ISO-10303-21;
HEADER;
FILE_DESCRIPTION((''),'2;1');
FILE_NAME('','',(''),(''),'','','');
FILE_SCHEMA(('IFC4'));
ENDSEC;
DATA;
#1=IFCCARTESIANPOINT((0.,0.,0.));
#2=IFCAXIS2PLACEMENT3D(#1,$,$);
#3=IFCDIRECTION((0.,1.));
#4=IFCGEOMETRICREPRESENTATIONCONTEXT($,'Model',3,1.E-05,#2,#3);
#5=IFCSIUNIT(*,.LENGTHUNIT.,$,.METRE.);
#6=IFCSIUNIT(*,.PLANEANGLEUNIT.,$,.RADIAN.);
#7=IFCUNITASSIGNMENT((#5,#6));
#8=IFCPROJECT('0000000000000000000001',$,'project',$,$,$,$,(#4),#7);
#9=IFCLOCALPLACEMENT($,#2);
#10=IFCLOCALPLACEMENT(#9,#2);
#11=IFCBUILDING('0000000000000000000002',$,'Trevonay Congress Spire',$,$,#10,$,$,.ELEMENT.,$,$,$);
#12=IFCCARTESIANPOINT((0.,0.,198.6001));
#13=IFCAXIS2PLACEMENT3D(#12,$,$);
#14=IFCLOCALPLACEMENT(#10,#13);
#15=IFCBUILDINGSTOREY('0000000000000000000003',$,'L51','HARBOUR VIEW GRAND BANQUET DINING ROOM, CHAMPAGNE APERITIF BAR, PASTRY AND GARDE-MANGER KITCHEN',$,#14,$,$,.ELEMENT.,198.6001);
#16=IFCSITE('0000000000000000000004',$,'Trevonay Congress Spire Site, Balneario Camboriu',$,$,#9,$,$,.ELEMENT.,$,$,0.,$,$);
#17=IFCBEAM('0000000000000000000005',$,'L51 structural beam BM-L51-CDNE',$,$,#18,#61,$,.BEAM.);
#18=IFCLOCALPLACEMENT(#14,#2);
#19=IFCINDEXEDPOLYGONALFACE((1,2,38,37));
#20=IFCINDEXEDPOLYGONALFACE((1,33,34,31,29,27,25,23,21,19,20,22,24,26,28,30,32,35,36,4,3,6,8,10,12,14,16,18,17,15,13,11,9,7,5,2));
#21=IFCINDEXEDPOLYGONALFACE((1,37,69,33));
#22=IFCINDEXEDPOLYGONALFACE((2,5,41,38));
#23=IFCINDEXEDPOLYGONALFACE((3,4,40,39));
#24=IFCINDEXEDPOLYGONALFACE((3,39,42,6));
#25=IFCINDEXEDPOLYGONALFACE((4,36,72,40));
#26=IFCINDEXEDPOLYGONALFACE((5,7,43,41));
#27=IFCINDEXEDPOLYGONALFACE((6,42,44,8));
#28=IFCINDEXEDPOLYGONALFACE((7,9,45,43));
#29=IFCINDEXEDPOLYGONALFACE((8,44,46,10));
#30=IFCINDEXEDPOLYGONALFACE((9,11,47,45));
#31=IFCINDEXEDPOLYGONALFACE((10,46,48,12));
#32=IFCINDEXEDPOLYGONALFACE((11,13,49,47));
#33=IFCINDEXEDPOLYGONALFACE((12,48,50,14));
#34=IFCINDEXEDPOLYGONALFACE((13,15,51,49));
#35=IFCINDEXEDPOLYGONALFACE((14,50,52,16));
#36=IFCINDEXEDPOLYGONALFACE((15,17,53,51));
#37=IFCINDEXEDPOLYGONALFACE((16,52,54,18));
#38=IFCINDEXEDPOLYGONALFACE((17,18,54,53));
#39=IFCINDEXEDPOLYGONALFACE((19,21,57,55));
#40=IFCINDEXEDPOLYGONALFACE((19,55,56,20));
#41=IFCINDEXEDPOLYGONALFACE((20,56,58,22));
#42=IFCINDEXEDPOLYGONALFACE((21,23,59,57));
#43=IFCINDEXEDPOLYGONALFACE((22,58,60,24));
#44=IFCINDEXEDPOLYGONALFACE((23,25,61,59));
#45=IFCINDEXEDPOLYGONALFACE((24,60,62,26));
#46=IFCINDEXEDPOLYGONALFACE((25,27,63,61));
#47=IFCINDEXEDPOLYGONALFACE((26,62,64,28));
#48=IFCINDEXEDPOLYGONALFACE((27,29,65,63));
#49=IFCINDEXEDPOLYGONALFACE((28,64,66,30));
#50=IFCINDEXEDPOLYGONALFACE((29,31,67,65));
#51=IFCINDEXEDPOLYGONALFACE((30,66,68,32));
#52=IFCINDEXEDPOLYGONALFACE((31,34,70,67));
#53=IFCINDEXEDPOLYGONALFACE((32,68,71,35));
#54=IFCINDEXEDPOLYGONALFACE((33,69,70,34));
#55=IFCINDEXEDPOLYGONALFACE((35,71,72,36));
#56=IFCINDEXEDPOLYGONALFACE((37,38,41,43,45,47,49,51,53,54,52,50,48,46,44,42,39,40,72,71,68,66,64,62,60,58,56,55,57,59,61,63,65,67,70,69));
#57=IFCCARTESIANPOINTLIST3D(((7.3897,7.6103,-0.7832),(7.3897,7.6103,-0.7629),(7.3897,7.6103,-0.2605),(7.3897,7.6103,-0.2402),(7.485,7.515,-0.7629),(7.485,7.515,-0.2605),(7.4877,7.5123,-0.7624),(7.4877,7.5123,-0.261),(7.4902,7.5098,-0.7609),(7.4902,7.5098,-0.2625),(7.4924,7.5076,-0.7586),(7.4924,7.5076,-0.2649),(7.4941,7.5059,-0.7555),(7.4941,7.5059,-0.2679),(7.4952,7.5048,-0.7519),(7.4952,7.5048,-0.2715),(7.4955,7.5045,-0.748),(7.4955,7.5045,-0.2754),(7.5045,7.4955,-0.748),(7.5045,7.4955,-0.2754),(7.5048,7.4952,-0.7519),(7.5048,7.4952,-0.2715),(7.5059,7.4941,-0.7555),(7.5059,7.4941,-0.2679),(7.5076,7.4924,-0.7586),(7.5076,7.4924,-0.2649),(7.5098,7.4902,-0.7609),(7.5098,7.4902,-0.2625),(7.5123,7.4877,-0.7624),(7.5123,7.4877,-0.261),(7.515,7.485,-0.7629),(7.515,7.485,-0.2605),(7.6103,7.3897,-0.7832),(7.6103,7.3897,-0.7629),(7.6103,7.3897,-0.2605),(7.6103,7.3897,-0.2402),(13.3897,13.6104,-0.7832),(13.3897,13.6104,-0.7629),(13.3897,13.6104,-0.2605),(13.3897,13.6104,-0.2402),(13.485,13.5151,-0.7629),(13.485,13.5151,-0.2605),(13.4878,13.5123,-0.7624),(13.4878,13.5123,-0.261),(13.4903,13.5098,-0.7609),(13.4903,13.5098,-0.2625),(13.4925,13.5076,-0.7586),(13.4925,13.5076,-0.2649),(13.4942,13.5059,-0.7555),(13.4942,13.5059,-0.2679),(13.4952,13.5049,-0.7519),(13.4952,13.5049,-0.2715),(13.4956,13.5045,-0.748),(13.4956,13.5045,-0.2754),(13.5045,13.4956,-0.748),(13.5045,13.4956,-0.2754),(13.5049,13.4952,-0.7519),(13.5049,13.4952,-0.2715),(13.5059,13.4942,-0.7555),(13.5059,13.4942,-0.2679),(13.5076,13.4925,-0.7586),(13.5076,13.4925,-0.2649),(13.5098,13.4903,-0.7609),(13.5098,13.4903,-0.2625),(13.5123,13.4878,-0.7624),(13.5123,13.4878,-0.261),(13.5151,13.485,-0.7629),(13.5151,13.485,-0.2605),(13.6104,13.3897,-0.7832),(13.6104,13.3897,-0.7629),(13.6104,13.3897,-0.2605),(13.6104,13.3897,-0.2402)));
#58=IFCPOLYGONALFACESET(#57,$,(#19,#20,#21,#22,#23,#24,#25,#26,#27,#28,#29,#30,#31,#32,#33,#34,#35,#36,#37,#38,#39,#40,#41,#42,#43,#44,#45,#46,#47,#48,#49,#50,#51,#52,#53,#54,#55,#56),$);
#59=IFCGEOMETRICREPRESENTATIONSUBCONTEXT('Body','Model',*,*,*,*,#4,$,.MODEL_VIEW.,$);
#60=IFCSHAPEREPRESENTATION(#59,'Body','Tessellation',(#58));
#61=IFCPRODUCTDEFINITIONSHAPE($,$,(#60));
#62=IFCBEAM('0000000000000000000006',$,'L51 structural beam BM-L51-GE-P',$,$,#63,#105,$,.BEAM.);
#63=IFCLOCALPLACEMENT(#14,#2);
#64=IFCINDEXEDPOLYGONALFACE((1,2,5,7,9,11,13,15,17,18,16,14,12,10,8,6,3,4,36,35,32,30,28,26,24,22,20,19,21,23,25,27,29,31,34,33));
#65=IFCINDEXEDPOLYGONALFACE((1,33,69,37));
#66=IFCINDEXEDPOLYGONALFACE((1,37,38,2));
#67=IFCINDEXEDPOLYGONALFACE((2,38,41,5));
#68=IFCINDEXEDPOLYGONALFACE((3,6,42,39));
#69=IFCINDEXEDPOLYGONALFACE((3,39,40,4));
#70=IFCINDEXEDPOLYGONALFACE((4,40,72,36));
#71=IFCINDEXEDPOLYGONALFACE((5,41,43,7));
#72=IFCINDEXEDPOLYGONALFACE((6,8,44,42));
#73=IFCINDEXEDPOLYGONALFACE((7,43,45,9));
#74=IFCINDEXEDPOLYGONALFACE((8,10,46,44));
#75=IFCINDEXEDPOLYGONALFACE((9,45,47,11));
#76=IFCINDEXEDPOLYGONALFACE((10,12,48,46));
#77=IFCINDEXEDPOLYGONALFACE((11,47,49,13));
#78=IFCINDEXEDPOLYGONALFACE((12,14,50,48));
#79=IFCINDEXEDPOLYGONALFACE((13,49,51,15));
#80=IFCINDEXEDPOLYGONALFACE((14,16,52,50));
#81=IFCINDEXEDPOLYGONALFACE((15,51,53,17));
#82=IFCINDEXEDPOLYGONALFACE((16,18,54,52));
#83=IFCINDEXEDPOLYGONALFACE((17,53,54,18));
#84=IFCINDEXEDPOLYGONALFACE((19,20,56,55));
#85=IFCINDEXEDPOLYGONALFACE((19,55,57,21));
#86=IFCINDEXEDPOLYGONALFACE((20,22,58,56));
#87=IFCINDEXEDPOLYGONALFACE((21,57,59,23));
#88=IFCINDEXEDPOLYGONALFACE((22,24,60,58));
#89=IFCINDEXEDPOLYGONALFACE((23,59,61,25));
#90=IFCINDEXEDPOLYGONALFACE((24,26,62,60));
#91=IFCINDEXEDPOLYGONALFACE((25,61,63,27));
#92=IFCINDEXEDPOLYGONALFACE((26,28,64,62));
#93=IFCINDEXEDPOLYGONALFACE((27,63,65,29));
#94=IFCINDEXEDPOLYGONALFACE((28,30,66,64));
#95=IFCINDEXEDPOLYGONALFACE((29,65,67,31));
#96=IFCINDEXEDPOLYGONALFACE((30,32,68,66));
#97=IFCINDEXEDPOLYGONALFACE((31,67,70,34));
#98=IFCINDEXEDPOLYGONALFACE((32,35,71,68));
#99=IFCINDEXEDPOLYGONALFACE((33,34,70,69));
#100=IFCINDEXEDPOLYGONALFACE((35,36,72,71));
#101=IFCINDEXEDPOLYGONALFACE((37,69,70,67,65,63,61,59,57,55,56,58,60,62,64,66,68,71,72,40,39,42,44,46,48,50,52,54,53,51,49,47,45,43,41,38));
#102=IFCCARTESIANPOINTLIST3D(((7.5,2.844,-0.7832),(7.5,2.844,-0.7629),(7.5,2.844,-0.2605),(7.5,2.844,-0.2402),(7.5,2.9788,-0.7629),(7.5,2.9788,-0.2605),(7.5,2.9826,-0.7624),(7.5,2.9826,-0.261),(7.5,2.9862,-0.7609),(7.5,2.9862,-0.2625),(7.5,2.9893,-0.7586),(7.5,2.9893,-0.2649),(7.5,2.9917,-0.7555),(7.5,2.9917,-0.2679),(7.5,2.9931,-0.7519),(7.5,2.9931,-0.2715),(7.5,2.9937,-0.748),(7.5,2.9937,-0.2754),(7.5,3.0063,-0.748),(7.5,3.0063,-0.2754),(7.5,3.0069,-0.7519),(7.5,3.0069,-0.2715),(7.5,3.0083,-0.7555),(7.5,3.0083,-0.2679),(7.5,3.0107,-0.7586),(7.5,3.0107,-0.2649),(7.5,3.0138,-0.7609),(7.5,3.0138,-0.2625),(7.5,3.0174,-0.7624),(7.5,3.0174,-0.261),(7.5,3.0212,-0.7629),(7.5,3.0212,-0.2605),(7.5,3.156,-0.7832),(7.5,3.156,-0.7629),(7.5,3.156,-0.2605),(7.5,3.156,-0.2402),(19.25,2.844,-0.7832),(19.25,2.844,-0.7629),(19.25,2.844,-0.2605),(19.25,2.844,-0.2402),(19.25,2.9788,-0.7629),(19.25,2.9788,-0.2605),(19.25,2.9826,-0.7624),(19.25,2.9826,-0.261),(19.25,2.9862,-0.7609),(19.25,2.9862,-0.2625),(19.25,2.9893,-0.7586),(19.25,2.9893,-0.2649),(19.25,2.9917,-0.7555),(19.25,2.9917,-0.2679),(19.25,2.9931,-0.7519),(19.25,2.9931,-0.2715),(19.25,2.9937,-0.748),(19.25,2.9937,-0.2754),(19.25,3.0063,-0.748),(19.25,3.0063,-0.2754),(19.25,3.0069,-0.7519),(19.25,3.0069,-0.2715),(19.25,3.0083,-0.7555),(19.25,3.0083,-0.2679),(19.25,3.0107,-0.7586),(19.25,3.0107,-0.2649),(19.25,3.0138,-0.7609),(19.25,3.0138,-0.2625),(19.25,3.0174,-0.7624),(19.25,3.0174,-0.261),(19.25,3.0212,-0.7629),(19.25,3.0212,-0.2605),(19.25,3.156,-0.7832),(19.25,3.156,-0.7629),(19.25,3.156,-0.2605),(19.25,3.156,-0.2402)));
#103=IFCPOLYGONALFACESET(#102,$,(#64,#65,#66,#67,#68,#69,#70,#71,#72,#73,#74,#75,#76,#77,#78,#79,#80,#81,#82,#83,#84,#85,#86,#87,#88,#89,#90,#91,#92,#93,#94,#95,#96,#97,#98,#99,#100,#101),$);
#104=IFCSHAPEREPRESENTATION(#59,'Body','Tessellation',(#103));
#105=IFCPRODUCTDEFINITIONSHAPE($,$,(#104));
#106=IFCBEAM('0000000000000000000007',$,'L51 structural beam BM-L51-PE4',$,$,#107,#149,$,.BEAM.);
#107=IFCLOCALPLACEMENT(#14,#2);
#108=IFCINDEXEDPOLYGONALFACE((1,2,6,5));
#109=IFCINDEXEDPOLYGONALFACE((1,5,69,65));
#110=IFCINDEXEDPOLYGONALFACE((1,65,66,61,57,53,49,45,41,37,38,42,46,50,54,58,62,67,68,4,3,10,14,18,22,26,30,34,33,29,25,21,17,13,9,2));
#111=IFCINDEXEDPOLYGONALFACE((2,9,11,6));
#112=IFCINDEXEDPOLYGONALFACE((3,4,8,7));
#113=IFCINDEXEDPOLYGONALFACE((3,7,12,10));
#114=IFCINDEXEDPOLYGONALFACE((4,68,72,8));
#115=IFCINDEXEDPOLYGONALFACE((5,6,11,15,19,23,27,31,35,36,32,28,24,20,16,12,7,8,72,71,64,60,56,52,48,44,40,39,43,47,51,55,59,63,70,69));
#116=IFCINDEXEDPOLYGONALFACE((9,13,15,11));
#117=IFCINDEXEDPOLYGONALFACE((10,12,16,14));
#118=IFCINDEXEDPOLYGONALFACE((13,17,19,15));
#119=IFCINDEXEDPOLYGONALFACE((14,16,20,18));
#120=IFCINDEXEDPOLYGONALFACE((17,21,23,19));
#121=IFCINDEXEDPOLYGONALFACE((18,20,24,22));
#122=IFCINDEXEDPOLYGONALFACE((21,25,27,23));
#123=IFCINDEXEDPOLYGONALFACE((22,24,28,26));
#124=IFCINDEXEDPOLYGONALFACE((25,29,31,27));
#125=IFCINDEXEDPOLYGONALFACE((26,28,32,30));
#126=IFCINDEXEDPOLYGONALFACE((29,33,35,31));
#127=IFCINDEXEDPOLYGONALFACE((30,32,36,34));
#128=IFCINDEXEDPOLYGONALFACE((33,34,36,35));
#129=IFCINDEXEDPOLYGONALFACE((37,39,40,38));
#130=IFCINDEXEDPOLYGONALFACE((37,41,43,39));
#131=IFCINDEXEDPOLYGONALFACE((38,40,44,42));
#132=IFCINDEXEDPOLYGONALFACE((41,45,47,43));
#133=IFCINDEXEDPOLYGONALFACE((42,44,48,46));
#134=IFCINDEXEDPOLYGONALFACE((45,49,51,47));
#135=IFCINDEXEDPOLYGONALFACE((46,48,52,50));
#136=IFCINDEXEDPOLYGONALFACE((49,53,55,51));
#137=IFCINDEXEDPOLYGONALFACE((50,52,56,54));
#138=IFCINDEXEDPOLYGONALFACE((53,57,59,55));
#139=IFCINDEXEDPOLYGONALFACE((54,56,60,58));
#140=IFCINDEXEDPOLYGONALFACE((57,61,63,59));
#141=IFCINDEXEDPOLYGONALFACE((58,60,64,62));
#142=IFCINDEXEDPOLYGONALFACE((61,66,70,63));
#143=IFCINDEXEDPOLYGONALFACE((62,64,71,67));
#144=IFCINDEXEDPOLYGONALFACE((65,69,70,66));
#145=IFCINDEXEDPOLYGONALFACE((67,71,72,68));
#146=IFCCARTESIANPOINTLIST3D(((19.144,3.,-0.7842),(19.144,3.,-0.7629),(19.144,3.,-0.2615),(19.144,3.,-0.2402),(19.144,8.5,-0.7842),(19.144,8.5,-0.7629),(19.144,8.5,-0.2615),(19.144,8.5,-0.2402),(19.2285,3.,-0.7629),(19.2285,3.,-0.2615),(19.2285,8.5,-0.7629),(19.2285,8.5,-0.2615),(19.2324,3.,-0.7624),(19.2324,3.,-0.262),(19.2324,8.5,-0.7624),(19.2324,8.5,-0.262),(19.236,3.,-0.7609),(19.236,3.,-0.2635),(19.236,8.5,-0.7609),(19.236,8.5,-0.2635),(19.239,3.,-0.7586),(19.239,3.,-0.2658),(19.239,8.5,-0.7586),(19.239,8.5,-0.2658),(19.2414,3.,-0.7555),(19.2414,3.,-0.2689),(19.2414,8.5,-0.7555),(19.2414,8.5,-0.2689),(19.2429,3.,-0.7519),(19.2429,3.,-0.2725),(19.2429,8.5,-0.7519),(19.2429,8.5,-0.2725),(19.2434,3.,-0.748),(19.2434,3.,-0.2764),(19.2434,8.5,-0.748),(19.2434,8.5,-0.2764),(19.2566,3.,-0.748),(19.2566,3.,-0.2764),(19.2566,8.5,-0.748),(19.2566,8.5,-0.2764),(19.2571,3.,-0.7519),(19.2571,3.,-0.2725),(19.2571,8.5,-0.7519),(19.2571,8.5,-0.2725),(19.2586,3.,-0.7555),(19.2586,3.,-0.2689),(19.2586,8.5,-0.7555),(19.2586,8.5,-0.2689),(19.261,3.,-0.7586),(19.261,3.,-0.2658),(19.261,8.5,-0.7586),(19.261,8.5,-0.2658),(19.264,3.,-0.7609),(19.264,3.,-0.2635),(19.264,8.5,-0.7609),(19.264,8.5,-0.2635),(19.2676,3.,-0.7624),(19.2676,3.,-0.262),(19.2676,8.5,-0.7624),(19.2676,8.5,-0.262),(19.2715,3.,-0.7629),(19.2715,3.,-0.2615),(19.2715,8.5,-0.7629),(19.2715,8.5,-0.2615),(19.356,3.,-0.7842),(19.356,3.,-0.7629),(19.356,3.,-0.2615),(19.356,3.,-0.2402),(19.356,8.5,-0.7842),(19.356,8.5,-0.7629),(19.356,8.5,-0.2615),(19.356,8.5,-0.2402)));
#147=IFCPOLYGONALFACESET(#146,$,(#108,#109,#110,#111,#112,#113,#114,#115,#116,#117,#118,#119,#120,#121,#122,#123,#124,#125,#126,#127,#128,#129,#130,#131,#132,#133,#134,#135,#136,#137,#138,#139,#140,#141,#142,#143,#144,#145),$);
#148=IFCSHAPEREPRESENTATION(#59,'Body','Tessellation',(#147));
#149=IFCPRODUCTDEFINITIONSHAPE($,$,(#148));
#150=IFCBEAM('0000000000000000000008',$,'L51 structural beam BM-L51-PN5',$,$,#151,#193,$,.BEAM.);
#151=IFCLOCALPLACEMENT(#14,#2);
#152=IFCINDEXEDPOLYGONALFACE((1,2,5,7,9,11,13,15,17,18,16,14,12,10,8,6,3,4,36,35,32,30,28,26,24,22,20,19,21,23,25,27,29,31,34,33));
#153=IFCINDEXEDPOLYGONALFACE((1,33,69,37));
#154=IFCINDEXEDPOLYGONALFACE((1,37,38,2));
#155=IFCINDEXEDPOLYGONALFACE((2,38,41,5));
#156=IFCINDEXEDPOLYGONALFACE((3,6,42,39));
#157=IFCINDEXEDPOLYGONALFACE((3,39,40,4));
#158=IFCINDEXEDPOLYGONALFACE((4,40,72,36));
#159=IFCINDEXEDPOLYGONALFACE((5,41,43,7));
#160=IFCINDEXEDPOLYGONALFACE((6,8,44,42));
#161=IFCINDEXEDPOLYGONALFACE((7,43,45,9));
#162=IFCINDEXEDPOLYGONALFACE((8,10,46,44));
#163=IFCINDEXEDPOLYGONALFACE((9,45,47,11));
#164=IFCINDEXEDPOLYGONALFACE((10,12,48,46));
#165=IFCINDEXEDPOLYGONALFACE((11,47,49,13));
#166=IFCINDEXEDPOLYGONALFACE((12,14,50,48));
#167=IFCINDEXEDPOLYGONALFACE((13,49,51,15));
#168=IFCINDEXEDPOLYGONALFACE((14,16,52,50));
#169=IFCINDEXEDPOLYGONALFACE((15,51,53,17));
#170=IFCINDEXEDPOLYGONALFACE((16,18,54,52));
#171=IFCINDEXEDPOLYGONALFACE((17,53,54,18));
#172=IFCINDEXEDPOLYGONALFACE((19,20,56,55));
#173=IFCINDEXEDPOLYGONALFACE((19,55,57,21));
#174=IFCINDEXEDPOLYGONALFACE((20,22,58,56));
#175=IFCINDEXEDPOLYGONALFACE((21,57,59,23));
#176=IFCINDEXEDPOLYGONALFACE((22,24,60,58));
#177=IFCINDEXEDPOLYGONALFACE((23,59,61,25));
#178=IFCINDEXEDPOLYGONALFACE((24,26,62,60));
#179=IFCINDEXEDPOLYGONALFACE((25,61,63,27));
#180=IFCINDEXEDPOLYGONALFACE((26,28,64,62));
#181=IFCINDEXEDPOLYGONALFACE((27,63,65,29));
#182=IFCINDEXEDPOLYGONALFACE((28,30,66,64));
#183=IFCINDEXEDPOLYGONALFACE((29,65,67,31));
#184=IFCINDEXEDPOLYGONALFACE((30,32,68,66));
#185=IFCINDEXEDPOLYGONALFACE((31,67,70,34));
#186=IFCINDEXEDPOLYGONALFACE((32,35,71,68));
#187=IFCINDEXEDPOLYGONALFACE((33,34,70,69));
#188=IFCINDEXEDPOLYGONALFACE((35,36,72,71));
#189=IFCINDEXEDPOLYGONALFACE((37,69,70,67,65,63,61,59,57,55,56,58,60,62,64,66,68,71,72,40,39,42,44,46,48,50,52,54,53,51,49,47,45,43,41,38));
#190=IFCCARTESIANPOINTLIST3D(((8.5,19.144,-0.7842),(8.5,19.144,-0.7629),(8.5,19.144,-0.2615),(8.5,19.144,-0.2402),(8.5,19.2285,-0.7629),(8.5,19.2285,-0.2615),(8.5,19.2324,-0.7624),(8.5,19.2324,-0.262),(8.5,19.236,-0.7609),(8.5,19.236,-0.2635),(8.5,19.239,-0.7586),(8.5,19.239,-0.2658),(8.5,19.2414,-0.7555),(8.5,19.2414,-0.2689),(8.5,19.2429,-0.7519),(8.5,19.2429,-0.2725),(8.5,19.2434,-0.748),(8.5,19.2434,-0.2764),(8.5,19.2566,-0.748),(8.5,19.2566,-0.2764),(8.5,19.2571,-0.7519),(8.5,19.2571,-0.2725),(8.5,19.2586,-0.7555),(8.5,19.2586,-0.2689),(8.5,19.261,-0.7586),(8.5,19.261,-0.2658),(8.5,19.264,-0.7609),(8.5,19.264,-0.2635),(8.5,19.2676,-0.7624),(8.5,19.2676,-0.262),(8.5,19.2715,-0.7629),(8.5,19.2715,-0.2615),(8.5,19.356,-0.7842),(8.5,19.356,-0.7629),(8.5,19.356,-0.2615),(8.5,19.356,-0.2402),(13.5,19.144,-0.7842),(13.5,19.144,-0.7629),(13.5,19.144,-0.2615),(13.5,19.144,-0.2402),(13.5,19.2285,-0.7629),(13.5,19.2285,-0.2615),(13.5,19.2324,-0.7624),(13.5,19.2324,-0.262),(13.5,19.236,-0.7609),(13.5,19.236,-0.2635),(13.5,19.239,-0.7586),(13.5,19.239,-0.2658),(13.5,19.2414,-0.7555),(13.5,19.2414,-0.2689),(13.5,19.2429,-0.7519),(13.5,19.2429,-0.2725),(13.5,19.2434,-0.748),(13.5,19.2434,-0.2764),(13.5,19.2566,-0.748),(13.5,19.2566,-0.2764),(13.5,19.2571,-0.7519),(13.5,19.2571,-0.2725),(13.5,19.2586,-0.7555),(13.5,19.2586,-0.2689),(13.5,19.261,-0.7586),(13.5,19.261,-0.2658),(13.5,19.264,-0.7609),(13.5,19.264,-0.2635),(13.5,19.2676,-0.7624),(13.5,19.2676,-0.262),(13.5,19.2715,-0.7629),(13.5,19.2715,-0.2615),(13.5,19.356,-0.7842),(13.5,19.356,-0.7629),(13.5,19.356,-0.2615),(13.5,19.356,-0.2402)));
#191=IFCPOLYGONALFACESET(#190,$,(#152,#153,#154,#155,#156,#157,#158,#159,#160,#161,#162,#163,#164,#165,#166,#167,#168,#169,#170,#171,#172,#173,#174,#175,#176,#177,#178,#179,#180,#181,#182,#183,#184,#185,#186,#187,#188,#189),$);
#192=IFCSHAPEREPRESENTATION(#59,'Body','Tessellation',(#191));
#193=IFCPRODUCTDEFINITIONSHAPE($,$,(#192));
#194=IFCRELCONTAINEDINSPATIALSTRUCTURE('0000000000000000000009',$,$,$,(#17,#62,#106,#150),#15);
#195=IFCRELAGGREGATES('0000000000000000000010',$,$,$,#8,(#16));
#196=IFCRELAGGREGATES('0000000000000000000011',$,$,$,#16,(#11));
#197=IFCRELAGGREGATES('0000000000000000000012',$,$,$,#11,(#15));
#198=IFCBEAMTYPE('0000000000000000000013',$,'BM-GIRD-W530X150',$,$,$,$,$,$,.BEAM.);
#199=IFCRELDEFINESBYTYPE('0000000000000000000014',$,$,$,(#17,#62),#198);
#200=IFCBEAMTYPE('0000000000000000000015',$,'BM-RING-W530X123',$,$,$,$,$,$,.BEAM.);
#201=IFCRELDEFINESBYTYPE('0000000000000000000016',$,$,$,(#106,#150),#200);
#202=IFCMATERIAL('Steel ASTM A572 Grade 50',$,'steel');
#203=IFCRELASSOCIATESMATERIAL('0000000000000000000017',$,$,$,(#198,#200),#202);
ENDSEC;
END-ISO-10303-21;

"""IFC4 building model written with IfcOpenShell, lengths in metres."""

from ifc_helpers import new_model, si_unit, direction, frame, origin, origin_2d, place, context, subcontext, project, spatial, i_section, extrude, material, material_profile, profile_set, type_object, element, save


model = new_model("IFC4")

# Units and contexts
model_context = context("Model", 3, precision=1e-05, world=origin(), true_north=direction((0.0, 1.0)))
body_context = subcontext(model_context, "Body", "Model", "MODEL_VIEW")
ifc_project = project(units=[si_unit("LENGTHUNIT", "METRE"), si_unit("PLANEANGLEUNIT", "RADIAN")], contexts=[model_context])

# Site, building, storey
site_placement = place(None, origin())
site = spatial("IfcSite", under=ifc_project, at=site_placement, Name="Trevonay Congress Spire Site, Balneario Camboriu", CompositionType="ELEMENT", RefElevation=0.0)
building_placement = place(site_placement, origin())
building = spatial("IfcBuilding", under=site, at=building_placement, Name="Trevonay Congress Spire", CompositionType="ELEMENT")
storey_placement = place(building_placement, frame((0.0, 0.0, 198.6001)))
storey = spatial("IfcBuildingStorey", under=building, at=storey_placement, Name="L51", Description="HARBOUR VIEW GRAND BANQUET DINING ROOM, CHAMPAGNE APERITIF BAR, PASTRY AND GARDE-MANGER KITCHEN", CompositionType="ELEMENT", Elevation=198.6001)

# Shared definitions
ifc_material_1 = material(Name="Steel ASTM A572 Grade 50", Category="steel")

# Beams
ifc_material_profile_1 = material_profile(ifc_material_1, i_section(OverallWidth=0.312, OverallDepth=0.543, WebThickness=0.0127, FlangeThickness=0.0203, FilletRadius=0.0149, at=origin_2d()), Name="W530x150")
ifc_profile_set_1 = profile_set([ifc_material_profile_1], Name="Steel ASTM A572 Grade 50")
beam_type_1 = type_object("IfcBeamType", Name="BM-GIRD-W530X150", PredefinedType="BEAM", material=ifc_profile_set_1)
beam_1_placement = place(storey_placement, frame((7.5, 7.5, -0.5117), z_axis=(0.707107, 0.707107, 0.0), x_axis=(-0.707107, 0.707107, 0.0)))
element("IfcBeam", 1, at=beam_1_placement, inside=storey, type_object=beam_type_1, Name="L51 structural beam BM-L51-CDNE", PredefinedType="BEAM", context=body_context, shape_type="SweptSolid", body=[
    extrude(i_section(OverallWidth=0.312, OverallDepth=0.543, WebThickness=0.0127, FlangeThickness=0.0203, FilletRadius=0.0149, at=origin_2d()), origin(), (0.0, 0.0, 1.0), 8.4854),
])
beam_2_placement = place(storey_placement, frame((7.5, 3.0, -0.5117), z_axis=(1.0, 0.0, 0.0), x_axis=(0.0, 1.0, 0.0)))
element("IfcBeam", 2, at=beam_2_placement, inside=storey, type_object=beam_type_1, Name="L51 structural beam BM-L51-GE-P", PredefinedType="BEAM", context=body_context, shape_type="SweptSolid", body=[
    extrude(i_section(OverallWidth=0.312, OverallDepth=0.543, WebThickness=0.0127, FlangeThickness=0.0203, FilletRadius=0.0149, at=origin_2d()), origin(), (0.0, 0.0, 1.0), 11.75),
])
ifc_material_profile_2 = material_profile(ifc_material_1, i_section(OverallWidth=0.2119, OverallDepth=0.5439, WebThickness=0.0132, FlangeThickness=0.0212, FilletRadius=0.0149, at=origin_2d()), Name="W530x123")
ifc_profile_set_2 = profile_set([ifc_material_profile_2], Name="Steel ASTM A572 Grade 50")
beam_type_2 = type_object("IfcBeamType", Name="BM-RING-W530X123", PredefinedType="BEAM", material=ifc_profile_set_2)
beam_3_placement = place(storey_placement, frame((19.25, 3.0, -0.5122), z_axis=(0.0, 1.0, 0.0), x_axis=(-1.0, 0.0, 0.0)))
element("IfcBeam", 3, at=beam_3_placement, inside=storey, type_object=beam_type_2, Name="L51 structural beam BM-L51-PE4", PredefinedType="BEAM", context=body_context, shape_type="SweptSolid", body=[
    extrude(i_section(OverallWidth=0.2119, OverallDepth=0.5439, WebThickness=0.0132, FlangeThickness=0.0212, FilletRadius=0.0149, at=origin_2d()), origin(), (0.0, 0.0, 1.0), 5.5),
])
for number, where, z_axis, x_axis, name in (
    (4, (8.5, 19.25, -0.5122), (1.0, 0.0, 0.0), (0.0, 1.0, 0.0), "L51 structural beam BM-L51-PN5"),
):
    element("IfcBeam", number, at=place(storey_placement, frame(where, z_axis=z_axis, x_axis=x_axis)), inside=storey, type_object=beam_type_2, Name=name, PredefinedType="BEAM", context=body_context, shape_type="SweptSolid", body=[
        extrude(i_section(OverallWidth=0.2119, OverallDepth=0.5439, WebThickness=0.0132, FlangeThickness=0.0212, FilletRadius=0.0149, at=origin_2d()), origin(), (0.0, 0.0, 1.0), 5.0),
    ])

save(model, "model.ifc")
